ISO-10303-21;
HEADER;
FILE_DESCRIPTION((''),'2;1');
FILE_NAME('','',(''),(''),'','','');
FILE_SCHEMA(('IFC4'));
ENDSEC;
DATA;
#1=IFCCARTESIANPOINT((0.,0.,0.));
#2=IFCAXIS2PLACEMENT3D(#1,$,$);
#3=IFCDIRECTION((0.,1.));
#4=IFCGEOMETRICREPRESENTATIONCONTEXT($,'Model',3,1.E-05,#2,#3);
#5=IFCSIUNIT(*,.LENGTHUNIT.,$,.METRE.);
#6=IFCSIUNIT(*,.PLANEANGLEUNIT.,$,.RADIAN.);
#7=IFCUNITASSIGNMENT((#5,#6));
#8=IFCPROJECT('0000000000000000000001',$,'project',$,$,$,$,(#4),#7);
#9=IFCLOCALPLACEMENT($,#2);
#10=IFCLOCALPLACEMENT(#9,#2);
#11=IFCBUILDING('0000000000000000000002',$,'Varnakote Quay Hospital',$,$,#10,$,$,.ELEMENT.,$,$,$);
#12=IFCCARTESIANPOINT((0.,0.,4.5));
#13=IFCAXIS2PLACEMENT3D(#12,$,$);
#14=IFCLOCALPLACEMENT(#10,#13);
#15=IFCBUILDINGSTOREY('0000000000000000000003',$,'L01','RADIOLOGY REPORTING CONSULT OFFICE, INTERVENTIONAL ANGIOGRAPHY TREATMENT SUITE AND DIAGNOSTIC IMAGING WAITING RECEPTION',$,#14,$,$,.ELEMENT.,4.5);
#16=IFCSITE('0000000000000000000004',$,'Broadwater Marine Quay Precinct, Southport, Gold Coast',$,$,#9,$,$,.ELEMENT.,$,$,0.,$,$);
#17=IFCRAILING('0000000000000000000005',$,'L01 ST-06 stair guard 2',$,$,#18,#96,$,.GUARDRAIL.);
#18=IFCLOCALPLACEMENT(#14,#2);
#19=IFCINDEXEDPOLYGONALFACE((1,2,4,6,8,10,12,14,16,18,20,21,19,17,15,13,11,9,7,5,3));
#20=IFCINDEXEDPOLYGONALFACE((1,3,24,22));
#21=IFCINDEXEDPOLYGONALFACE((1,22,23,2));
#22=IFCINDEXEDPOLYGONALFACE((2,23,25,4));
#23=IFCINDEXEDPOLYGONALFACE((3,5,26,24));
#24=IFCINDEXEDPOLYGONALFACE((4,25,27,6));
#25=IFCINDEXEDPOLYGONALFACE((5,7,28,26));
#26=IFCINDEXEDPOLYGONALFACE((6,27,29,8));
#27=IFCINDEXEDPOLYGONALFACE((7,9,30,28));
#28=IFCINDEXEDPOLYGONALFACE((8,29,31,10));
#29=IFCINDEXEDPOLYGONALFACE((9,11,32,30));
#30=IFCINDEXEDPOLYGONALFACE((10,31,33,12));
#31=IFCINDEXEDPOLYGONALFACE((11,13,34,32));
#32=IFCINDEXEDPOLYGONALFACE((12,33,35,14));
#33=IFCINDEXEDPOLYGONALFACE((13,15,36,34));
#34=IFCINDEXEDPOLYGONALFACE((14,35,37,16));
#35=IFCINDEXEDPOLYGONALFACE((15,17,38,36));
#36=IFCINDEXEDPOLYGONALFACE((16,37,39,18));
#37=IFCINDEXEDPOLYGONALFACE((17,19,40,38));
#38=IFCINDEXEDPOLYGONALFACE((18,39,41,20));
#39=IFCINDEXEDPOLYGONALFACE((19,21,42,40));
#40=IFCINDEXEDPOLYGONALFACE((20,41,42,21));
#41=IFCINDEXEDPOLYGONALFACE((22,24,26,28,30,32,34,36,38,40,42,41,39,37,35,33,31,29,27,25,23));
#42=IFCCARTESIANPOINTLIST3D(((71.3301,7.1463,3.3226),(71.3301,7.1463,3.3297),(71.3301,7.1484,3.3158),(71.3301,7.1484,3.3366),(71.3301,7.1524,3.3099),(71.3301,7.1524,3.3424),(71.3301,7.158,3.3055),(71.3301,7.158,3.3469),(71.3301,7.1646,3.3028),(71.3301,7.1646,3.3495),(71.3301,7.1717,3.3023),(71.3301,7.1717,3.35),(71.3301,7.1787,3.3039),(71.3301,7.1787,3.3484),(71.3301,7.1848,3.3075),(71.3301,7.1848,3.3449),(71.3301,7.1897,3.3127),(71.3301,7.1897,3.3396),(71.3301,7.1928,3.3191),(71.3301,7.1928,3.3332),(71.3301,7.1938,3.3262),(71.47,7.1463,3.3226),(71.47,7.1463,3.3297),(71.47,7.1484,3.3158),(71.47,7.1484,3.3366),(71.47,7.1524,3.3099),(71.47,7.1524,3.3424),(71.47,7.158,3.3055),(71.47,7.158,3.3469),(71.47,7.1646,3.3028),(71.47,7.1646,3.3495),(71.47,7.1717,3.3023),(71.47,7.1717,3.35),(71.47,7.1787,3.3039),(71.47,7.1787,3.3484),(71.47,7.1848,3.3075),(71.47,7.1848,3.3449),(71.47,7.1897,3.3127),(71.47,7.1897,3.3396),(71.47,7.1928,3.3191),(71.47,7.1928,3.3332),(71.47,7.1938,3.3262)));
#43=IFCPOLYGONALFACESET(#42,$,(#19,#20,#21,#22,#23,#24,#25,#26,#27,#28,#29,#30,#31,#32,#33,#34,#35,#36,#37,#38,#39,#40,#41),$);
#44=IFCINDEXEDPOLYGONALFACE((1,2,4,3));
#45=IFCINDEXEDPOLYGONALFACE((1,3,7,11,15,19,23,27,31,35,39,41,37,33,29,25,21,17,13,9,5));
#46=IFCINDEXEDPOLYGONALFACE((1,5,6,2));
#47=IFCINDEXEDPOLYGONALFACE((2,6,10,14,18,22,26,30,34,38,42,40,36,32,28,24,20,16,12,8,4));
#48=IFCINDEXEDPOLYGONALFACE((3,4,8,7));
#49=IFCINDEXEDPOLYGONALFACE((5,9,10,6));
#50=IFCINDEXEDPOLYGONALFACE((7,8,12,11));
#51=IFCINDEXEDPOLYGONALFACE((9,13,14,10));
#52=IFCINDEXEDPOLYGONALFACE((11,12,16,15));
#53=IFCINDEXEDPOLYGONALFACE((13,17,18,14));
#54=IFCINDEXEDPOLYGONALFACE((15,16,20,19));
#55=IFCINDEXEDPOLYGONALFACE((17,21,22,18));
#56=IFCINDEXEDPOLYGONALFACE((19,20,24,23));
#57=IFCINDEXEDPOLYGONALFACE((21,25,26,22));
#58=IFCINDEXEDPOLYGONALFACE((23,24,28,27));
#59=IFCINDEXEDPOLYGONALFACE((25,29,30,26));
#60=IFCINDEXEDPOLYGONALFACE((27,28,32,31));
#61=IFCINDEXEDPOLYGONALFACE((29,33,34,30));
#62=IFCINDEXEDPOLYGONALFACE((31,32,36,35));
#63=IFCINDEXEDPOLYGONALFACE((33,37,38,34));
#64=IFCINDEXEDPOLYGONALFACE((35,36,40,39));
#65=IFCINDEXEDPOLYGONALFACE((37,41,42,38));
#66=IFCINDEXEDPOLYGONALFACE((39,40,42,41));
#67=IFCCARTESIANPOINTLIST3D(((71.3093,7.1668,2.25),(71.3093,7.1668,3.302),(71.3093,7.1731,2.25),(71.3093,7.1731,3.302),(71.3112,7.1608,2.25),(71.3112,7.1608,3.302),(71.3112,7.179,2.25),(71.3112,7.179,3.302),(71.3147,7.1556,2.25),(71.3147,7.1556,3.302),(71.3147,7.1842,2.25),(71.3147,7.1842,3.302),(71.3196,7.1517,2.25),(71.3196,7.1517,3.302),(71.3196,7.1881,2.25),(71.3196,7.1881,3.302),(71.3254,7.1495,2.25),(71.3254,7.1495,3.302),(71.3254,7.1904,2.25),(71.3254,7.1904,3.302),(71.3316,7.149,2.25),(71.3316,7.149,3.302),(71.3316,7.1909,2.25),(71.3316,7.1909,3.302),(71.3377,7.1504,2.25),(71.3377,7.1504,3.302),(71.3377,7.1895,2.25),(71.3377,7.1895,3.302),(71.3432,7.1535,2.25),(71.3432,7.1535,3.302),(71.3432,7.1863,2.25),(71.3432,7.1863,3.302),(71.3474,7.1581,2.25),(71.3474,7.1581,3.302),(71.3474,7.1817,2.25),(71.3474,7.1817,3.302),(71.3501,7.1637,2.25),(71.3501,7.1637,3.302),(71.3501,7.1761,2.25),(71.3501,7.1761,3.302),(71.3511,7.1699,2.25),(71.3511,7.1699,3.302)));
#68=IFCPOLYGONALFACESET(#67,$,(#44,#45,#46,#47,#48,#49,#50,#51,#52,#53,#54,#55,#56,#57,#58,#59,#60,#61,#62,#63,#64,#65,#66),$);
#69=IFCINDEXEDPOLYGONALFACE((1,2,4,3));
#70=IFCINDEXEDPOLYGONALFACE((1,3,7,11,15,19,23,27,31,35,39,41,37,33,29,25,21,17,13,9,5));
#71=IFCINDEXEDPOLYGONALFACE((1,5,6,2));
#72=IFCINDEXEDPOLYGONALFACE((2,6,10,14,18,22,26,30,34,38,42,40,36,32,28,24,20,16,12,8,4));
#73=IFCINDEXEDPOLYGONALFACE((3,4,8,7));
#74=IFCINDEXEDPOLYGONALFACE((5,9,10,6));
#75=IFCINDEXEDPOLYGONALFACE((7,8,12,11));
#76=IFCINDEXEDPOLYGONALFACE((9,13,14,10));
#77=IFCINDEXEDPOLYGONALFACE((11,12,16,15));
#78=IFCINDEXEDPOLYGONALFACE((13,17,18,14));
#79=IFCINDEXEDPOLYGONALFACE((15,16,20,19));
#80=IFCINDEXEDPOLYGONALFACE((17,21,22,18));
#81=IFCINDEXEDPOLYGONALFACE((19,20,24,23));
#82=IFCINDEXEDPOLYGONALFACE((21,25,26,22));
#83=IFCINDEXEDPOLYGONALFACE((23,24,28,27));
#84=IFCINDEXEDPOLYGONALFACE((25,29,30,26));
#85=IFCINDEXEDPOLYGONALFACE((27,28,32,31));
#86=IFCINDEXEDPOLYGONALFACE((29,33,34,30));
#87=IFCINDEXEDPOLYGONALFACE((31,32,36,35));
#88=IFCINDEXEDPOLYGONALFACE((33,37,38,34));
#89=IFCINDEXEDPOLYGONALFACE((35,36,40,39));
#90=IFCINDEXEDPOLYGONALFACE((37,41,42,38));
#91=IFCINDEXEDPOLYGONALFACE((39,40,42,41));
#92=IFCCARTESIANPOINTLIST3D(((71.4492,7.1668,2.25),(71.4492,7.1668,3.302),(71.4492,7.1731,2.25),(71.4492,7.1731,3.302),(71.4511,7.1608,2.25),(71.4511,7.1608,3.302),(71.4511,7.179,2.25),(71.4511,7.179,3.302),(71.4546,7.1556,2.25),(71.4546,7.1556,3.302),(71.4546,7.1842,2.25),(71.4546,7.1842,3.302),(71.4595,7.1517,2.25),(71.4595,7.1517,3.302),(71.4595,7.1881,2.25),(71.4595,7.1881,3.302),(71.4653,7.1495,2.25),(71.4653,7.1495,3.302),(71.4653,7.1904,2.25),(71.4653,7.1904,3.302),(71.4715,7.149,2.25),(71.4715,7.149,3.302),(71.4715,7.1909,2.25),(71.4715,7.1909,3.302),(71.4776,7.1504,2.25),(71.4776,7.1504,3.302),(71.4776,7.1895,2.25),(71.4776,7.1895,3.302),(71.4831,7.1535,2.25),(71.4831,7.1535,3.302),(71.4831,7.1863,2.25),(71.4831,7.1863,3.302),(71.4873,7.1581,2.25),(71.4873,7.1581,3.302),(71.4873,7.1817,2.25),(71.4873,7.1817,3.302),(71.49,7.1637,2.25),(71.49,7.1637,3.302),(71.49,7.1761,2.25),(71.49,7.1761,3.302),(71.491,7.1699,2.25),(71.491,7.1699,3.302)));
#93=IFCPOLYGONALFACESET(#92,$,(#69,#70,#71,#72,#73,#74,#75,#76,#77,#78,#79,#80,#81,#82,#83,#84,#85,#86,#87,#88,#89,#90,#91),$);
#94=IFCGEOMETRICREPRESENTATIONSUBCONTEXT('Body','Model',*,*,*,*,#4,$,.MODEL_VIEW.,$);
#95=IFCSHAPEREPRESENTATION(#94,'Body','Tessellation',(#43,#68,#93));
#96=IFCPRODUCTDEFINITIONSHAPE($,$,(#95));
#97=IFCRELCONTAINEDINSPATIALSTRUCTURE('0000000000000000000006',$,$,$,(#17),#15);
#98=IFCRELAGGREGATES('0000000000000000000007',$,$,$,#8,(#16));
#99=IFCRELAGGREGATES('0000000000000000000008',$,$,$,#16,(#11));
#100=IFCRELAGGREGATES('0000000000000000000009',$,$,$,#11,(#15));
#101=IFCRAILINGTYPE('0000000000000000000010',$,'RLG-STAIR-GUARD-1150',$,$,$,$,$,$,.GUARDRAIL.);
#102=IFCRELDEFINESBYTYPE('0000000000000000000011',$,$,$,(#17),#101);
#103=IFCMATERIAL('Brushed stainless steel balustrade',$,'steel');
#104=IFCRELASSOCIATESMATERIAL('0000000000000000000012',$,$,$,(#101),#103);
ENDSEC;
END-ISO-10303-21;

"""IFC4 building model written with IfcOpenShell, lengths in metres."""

from ifc_helpers import new_model, si_unit, direction, frame, origin, origin_2d, place, context, subcontext, project, spatial, circle, extrude, material, type_object, element, save


model = new_model("IFC4")

# Units and contexts
model_context = context("Model", 3, precision=1e-05, world=origin(), true_north=direction((0.0, 1.0)))
body_context = subcontext(model_context, "Body", "Model", "MODEL_VIEW")
ifc_project = project(units=[si_unit("LENGTHUNIT", "METRE"), si_unit("PLANEANGLEUNIT", "RADIAN")], contexts=[model_context])

# Site, building, storey
site_placement = place(None, origin())
site = spatial("IfcSite", under=ifc_project, at=site_placement, Name="Broadwater Marine Quay Precinct, Southport, Gold Coast", CompositionType="ELEMENT", RefElevation=0.0)
building_placement = place(site_placement, origin())
building = spatial("IfcBuilding", under=site, at=building_placement, Name="Varnakote Quay Hospital", CompositionType="ELEMENT")
storey_placement = place(building_placement, frame((0.0, 0.0, 4.5)))
storey = spatial("IfcBuildingStorey", under=building, at=storey_placement, Name="L01", Description="RADIOLOGY REPORTING CONSULT OFFICE, INTERVENTIONAL ANGIOGRAPHY TREATMENT SUITE AND DIAGNOSTIC IMAGING WAITING RECEPTION", CompositionType="ELEMENT", Elevation=4.5)

# Railing
ifc_material_1 = material(Name="Brushed stainless steel balustrade", Category="steel")
railing_type_1 = type_object("IfcRailingType", Name="RLG-STAIR-GUARD-1150", PredefinedType="GUARDRAIL", material=ifc_material_1)
railing_1_placement = place(storey_placement, frame((71.3301, 7.1699, 2.25)))
element("IfcRailing", 1, at=railing_1_placement, inside=storey, type_object=railing_type_1, Name="L01 ST-06 stair guard 2", PredefinedType="GUARDRAIL", context=body_context, shape_type="SweptSolid", body=[
    extrude(circle(Radius=0.0239, at=origin_2d()), frame((0.0, 0.0, 1.0762), z_axis=(1.0, 0.0, 0.0), x_axis=(0.0, 1.0, 0.0)), (0.0, 0.0, 1.0), 0.1399),
    extrude(circle(Radius=0.021, at=origin_2d()), origin(), (0.0, 0.0, 1.0), 1.052),
    extrude(circle(Radius=0.021, at=origin_2d()), frame((0.1399, 0.0, 0.0)), (0.0, 0.0, 1.0), 1.052),
])

save(model, "model.ifc")
